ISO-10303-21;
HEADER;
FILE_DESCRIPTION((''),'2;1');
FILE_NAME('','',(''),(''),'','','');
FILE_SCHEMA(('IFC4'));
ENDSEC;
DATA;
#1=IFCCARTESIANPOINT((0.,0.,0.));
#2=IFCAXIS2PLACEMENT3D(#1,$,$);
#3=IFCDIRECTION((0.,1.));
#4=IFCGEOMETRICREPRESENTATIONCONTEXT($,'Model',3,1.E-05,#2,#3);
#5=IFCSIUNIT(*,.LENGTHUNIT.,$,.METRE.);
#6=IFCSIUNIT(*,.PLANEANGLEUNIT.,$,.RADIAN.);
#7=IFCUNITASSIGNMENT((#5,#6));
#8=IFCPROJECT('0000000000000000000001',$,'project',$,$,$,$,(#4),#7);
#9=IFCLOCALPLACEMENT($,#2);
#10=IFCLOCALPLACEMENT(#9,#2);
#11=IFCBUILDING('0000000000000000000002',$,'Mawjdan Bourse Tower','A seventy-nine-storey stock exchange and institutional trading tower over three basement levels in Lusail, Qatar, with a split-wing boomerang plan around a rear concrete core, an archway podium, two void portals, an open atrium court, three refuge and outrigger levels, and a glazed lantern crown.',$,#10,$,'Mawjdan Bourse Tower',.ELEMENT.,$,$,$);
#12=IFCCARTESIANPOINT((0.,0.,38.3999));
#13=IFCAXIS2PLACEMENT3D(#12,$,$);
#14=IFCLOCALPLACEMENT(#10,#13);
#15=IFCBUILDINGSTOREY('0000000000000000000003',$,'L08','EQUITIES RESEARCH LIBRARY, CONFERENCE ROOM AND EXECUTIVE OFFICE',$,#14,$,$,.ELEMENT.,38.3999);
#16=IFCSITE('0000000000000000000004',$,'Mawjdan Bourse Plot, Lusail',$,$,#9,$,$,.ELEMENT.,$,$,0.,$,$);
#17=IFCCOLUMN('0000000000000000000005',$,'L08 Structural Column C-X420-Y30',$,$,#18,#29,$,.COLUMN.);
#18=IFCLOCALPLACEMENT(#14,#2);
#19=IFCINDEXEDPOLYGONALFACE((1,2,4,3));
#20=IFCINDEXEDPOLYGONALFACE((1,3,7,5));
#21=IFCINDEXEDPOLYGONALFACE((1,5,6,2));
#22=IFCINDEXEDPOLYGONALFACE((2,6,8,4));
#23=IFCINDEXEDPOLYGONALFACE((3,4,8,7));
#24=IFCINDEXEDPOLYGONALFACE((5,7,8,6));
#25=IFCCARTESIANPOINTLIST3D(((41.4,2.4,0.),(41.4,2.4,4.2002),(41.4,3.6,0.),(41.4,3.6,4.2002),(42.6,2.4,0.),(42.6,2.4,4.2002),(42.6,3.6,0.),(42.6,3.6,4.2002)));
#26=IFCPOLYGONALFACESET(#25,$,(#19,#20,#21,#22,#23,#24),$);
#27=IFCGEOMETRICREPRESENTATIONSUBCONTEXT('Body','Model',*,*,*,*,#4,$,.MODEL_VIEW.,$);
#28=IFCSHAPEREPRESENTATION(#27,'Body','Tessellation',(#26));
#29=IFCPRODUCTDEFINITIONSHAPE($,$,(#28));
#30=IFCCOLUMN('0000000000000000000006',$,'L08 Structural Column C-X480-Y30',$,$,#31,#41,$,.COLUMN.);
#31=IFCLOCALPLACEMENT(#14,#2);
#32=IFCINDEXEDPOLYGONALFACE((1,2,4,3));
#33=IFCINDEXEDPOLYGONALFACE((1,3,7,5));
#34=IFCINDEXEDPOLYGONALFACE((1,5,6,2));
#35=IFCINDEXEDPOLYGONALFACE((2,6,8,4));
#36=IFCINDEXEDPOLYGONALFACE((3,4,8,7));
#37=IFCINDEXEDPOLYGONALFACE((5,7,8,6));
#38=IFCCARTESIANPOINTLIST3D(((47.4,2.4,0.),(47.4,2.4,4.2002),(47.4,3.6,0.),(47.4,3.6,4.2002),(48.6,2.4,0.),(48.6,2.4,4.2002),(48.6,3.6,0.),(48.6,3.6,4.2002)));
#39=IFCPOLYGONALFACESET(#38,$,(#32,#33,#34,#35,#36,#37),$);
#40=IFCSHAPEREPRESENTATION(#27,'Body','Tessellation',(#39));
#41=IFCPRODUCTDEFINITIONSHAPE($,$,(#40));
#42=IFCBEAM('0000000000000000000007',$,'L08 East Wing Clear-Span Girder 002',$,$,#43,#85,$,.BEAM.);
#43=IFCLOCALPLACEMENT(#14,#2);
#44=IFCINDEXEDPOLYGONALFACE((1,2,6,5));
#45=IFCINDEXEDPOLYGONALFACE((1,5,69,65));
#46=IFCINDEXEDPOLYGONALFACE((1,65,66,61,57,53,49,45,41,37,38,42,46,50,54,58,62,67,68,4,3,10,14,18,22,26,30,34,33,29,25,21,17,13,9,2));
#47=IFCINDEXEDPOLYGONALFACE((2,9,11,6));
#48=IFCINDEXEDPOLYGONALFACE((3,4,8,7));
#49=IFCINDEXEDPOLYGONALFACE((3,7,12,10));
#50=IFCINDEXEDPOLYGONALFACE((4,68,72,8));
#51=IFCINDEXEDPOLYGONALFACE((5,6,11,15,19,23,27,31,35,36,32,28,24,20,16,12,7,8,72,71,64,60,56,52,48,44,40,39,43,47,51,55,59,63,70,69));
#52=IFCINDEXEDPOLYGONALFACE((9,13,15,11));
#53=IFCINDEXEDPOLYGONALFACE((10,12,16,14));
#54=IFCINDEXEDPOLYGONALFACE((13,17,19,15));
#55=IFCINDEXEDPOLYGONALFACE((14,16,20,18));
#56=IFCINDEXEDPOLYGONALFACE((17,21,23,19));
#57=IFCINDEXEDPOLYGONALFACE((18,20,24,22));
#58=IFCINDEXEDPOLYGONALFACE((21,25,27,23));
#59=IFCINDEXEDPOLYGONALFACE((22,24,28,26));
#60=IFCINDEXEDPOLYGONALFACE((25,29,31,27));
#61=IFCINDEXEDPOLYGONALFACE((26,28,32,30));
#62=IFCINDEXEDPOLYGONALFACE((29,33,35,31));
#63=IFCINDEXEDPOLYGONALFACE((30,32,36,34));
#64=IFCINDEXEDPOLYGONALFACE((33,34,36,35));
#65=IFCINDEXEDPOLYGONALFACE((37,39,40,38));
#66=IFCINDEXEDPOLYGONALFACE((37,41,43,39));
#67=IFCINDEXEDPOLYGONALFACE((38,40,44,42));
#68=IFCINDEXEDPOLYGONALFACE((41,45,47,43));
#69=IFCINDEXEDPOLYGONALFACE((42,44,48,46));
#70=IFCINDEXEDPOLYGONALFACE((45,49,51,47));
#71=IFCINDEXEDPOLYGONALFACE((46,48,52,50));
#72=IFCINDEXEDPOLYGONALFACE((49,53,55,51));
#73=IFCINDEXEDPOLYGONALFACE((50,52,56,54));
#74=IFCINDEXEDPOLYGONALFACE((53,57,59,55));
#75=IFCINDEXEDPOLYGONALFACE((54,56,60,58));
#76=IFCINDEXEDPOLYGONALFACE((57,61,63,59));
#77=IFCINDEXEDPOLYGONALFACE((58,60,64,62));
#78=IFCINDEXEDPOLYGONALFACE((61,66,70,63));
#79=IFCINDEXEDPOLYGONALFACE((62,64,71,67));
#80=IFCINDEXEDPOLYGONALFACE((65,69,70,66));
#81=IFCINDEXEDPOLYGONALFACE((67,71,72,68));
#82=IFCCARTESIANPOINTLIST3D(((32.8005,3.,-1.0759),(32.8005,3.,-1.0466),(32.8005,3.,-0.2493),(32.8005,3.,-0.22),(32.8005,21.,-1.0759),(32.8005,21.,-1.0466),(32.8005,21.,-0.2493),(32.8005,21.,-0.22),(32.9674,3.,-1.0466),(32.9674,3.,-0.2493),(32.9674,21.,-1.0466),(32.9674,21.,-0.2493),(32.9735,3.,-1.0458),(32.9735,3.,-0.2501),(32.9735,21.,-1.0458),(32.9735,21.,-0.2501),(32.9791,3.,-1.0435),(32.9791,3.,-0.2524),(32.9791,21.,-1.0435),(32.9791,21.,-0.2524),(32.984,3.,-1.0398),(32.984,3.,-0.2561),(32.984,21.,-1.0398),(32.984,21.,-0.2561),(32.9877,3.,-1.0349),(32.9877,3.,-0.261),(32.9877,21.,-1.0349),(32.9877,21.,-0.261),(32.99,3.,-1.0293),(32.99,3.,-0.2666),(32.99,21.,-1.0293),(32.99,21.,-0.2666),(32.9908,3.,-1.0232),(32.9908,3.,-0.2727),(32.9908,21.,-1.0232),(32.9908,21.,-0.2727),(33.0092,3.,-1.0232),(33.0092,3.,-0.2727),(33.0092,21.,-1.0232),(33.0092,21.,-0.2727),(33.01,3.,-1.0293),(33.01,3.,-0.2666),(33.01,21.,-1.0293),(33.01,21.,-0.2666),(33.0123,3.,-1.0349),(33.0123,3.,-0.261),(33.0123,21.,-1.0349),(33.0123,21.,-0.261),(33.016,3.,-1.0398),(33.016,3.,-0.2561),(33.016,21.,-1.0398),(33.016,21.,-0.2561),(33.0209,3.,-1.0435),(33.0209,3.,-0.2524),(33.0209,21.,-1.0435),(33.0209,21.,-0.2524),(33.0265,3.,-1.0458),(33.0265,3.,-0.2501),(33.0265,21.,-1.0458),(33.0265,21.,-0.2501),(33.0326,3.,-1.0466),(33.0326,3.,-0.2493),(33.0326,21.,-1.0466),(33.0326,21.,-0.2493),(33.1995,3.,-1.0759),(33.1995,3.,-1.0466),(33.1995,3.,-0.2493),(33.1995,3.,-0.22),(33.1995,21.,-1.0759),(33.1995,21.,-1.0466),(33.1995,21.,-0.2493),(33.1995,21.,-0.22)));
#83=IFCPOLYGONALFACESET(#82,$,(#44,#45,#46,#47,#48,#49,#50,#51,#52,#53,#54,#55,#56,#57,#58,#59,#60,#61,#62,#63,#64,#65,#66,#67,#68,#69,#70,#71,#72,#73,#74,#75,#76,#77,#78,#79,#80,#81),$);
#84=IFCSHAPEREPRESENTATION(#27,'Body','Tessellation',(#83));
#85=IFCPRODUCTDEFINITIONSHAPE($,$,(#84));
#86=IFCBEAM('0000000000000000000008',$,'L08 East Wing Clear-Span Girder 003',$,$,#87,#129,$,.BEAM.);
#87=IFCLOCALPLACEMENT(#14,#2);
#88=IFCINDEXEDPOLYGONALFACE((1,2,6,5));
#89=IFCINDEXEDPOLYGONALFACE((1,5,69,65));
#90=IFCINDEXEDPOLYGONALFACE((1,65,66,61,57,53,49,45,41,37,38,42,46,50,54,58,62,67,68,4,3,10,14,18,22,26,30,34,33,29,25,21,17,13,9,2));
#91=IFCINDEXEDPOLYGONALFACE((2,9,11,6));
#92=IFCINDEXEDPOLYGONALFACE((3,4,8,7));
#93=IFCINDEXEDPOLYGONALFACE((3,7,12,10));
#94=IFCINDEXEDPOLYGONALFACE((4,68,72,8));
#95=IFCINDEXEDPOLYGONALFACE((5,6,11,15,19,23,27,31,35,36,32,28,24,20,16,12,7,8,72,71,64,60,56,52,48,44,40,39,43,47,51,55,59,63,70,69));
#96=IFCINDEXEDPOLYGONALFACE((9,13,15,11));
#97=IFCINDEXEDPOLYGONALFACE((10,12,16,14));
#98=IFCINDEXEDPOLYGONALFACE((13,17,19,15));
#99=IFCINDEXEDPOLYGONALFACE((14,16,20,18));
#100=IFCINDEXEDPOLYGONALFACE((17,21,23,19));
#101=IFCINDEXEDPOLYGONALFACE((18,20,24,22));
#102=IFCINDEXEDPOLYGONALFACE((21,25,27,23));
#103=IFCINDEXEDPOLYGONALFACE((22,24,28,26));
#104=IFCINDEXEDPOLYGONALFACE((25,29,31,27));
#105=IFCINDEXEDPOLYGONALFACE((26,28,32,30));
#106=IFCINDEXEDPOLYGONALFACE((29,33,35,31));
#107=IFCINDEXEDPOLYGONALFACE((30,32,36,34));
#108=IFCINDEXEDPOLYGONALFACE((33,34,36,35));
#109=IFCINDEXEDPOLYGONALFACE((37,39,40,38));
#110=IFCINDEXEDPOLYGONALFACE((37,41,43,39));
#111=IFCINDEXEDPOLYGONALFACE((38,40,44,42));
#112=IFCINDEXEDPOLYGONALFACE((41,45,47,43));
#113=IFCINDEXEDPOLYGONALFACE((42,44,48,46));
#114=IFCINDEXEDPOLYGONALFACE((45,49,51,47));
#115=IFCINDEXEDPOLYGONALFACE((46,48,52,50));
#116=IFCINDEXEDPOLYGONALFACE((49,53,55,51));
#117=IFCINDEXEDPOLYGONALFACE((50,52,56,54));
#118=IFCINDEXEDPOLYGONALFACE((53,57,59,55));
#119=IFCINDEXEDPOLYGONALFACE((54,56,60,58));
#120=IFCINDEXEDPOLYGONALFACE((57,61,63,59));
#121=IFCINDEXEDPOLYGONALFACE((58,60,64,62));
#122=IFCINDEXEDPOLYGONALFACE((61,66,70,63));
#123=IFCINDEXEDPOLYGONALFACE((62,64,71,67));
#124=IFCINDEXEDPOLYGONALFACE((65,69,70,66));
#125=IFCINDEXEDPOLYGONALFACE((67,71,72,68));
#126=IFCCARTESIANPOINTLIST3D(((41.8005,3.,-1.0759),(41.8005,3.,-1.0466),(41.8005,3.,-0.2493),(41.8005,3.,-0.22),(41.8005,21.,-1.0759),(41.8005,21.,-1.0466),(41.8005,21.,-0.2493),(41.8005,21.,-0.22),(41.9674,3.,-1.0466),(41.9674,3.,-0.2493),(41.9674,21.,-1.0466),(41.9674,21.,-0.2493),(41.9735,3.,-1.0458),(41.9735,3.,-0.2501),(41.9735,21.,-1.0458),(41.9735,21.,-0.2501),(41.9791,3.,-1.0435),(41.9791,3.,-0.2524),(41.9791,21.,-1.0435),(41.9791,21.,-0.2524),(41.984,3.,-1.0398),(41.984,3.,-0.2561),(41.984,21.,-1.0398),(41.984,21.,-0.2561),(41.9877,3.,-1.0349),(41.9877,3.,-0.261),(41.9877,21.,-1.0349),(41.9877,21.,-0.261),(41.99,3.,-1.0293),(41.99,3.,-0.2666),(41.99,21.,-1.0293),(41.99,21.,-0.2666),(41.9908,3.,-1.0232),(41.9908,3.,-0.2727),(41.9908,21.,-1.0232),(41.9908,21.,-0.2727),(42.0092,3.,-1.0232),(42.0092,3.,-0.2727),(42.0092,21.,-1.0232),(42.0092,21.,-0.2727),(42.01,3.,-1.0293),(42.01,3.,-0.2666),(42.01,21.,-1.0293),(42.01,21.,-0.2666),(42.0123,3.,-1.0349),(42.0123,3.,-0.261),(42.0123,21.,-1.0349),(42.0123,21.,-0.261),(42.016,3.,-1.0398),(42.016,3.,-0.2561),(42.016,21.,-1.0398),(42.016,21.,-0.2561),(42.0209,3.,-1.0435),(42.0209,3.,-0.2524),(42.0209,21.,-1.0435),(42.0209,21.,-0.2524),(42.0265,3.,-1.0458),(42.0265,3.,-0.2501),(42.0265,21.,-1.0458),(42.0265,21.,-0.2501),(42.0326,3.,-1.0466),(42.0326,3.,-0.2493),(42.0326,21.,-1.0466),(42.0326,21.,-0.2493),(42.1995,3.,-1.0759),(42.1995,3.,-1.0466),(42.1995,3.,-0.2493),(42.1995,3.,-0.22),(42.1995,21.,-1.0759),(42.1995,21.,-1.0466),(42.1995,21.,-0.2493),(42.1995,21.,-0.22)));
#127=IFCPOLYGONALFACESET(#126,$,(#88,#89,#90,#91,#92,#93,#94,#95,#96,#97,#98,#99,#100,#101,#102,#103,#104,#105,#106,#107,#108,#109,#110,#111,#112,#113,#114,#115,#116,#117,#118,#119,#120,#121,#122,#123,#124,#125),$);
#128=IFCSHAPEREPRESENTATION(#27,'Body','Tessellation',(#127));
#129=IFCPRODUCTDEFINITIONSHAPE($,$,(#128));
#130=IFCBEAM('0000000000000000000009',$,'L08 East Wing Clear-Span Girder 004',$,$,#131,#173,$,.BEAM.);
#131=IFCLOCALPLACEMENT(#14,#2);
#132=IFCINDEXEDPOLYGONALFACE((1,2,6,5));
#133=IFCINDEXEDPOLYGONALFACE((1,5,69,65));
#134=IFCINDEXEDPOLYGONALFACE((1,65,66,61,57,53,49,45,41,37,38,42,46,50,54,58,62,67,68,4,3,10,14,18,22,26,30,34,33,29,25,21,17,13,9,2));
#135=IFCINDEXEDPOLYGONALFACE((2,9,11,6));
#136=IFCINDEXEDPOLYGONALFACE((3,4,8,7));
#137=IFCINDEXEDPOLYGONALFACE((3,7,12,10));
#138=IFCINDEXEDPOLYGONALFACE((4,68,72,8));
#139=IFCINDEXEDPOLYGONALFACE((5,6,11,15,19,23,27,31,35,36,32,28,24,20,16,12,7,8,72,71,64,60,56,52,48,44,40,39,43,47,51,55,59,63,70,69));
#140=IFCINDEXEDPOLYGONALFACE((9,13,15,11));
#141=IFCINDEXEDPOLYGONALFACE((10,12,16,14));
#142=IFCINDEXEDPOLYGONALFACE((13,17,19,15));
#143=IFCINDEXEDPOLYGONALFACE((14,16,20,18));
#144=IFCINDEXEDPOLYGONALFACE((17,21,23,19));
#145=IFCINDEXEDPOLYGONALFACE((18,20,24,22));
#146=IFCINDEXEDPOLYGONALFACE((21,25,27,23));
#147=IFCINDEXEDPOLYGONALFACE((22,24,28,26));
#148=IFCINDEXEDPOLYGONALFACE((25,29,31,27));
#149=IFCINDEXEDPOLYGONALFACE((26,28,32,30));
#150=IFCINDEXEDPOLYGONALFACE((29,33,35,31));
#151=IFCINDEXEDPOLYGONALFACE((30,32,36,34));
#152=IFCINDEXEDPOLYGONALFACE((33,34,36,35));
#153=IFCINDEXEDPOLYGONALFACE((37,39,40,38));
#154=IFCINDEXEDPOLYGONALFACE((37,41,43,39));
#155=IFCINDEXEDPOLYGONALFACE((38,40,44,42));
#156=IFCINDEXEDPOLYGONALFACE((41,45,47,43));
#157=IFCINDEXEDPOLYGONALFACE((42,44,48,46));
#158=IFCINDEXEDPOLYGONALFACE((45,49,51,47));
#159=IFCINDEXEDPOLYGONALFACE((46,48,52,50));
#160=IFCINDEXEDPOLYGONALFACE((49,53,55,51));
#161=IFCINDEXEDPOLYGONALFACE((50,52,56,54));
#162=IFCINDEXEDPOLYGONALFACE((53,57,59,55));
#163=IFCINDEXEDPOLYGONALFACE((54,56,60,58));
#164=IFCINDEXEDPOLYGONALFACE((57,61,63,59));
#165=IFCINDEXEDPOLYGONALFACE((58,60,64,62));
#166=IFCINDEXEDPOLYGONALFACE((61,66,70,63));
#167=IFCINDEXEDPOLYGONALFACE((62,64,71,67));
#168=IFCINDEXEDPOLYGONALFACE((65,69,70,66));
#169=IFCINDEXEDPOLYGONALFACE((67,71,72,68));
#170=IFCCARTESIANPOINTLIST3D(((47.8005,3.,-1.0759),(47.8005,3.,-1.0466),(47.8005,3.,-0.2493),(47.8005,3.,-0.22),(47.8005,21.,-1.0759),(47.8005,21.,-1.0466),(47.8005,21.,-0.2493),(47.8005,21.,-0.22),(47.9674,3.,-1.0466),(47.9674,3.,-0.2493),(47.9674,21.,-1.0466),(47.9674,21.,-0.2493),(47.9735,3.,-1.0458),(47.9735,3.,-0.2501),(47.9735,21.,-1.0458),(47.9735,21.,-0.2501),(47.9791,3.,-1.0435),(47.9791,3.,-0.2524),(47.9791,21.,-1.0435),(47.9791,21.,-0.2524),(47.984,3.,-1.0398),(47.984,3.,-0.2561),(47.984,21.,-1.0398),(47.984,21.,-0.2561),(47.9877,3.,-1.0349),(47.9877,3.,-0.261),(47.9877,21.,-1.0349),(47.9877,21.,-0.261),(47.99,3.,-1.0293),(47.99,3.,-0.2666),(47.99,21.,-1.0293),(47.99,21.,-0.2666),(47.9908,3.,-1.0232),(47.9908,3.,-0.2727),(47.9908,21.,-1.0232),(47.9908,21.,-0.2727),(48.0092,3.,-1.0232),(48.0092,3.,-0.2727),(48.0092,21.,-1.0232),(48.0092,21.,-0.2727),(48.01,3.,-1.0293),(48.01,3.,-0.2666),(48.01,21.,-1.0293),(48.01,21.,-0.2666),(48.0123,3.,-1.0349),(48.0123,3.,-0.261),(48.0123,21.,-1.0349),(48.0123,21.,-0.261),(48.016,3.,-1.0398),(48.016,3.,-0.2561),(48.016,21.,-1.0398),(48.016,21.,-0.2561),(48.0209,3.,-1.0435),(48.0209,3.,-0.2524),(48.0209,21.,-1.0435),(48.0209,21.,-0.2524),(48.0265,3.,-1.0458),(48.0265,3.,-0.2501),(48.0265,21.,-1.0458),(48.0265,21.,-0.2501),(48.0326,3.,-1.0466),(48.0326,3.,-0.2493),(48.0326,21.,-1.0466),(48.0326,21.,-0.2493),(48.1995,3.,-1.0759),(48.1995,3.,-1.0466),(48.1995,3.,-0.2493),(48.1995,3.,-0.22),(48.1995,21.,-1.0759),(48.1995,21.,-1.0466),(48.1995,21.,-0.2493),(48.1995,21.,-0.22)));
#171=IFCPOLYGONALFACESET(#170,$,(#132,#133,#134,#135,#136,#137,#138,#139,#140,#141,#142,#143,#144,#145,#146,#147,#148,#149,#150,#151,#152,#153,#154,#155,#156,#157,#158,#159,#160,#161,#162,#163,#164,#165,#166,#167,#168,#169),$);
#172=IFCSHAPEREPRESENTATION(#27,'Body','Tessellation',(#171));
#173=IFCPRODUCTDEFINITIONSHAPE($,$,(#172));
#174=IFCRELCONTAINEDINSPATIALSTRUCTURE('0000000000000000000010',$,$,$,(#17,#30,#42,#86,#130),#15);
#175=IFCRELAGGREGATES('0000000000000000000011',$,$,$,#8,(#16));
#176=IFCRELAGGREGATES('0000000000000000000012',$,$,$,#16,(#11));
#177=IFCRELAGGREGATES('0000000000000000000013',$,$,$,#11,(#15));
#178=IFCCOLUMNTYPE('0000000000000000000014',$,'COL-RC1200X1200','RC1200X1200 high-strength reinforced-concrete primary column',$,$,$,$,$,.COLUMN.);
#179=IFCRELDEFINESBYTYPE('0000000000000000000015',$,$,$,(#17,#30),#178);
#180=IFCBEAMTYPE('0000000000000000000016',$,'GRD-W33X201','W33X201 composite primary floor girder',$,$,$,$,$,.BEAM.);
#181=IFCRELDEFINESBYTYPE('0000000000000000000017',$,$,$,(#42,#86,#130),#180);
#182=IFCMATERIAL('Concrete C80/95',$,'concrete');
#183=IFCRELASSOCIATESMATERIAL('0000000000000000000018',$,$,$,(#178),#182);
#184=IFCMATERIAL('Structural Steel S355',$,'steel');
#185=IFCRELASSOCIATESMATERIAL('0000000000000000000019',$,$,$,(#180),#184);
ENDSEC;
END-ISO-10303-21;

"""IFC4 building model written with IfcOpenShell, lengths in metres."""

from ifc_helpers import new_model, si_unit, direction, frame, origin, origin_2d, place, context, subcontext, project, spatial, rectangle, i_section, extrude, material, material_profile, profile_set, type_object, element, save


model = new_model("IFC4")

# Units and contexts
model_context = context("Model", 3, precision=1e-05, world=origin(), true_north=direction((0.0, 1.0)))
body_context = subcontext(model_context, "Body", "Model", "MODEL_VIEW")
ifc_project = project(units=[si_unit("LENGTHUNIT", "METRE"), si_unit("PLANEANGLEUNIT", "RADIAN")], contexts=[model_context])

# Site, building, storey
site_placement = place(None, origin())
site = spatial("IfcSite", under=ifc_project, at=site_placement, Name="Mawjdan Bourse Plot, Lusail", CompositionType="ELEMENT", RefElevation=0.0)
building_placement = place(site_placement, origin())
building = spatial("IfcBuilding", under=site, at=building_placement, Name="Mawjdan Bourse Tower", Description="A seventy-nine-storey stock exchange and institutional trading tower over three basement levels in Lusail, Qatar, with a split-wing boomerang plan around a rear concrete core, an archway podium, two void portals, an open atrium court, three refuge and outrigger levels, and a glazed lantern crown.", LongName="Mawjdan Bourse Tower", CompositionType="ELEMENT")
storey_placement = place(building_placement, frame((0.0, 0.0, 38.3999)))
storey = spatial("IfcBuildingStorey", under=building, at=storey_placement, Name="L08", Description="EQUITIES RESEARCH LIBRARY, CONFERENCE ROOM AND EXECUTIVE OFFICE", CompositionType="ELEMENT", Elevation=38.3999)

# Columns
ifc_material_1 = material(Name="Concrete C80/95", Category="concrete")
ifc_material_profile_1 = material_profile(ifc_material_1, rectangle(XDim=1.2, YDim=1.2, at=origin_2d()), Name="RC1200X1200")
ifc_profile_set_1 = profile_set([ifc_material_profile_1], Name="Concrete C80/95")
column_type = type_object("IfcColumnType", Name="COL-RC1200X1200", Description="RC1200X1200 high-strength reinforced-concrete primary column", PredefinedType="COLUMN", material=ifc_profile_set_1)
for number, where, z_axis, x_axis, name in (
    (1, (42.0, 3.0, 0.0), (0.0, 0.0, 1.0), (1.0, 0.0, 0.0), "L08 Structural Column C-X420-Y30"),
    (2, (48.0, 3.0, 0.0), (0.0, 0.0, 1.0), (1.0, 0.0, 0.0), "L08 Structural Column C-X480-Y30"),
):
    element("IfcColumn", number, at=place(storey_placement, frame(where, z_axis=z_axis, x_axis=x_axis)), inside=storey, type_object=column_type, Name=name, PredefinedType="COLUMN", context=body_context, shape_type="SweptSolid", body=[
        extrude(rectangle(XDim=1.2, YDim=1.2, at=origin_2d()), origin(), (0.0, 0.0, 1.0), 4.2002),
    ])

# Beams
ifc_material_2 = material(Name="Structural Steel S355", Category="steel")
ifc_material_profile_2 = material_profile(ifc_material_2, i_section(OverallWidth=0.3989, OverallDepth=0.856, WebThickness=0.0183, FlangeThickness=0.0293, FilletRadius=0.0234, at=origin_2d()), Name="W33X201")
ifc_profile_set_2 = profile_set([ifc_material_profile_2], Name="Structural Steel S355")
beam_type_1 = type_object("IfcBeamType", Name="GRD-W33X201", Description="W33X201 composite primary floor girder", PredefinedType="BEAM", material=ifc_profile_set_2)
for number, where, z_axis, x_axis, name in (
    (3, (33.0, 3.0, -0.6479), (0.0, 1.0, 0.0), (-1.0, 0.0, 0.0), "L08 East Wing Clear-Span Girder 002"),
    (4, (42.0, 3.0, -0.6479), (0.0, 1.0, 0.0), (-1.0, 0.0, 0.0), "L08 East Wing Clear-Span Girder 003"),
    (5, (48.0, 3.0, -0.6479), (0.0, 1.0, 0.0), (-1.0, 0.0, 0.0), "L08 East Wing Clear-Span Girder 004"),
):
    element("IfcBeam", number, at=place(storey_placement, frame(where, z_axis=z_axis, x_axis=x_axis)), inside=storey, type_object=beam_type_1, Name=name, PredefinedType="BEAM", context=body_context, shape_type="SweptSolid", body=[
        extrude(i_section(OverallWidth=0.3989, OverallDepth=0.856, WebThickness=0.0183, FlangeThickness=0.0293, FilletRadius=0.0234, at=origin_2d()), origin(), (0.0, 0.0, 1.0), 18.0),
    ])

save(model, "model.ifc")
